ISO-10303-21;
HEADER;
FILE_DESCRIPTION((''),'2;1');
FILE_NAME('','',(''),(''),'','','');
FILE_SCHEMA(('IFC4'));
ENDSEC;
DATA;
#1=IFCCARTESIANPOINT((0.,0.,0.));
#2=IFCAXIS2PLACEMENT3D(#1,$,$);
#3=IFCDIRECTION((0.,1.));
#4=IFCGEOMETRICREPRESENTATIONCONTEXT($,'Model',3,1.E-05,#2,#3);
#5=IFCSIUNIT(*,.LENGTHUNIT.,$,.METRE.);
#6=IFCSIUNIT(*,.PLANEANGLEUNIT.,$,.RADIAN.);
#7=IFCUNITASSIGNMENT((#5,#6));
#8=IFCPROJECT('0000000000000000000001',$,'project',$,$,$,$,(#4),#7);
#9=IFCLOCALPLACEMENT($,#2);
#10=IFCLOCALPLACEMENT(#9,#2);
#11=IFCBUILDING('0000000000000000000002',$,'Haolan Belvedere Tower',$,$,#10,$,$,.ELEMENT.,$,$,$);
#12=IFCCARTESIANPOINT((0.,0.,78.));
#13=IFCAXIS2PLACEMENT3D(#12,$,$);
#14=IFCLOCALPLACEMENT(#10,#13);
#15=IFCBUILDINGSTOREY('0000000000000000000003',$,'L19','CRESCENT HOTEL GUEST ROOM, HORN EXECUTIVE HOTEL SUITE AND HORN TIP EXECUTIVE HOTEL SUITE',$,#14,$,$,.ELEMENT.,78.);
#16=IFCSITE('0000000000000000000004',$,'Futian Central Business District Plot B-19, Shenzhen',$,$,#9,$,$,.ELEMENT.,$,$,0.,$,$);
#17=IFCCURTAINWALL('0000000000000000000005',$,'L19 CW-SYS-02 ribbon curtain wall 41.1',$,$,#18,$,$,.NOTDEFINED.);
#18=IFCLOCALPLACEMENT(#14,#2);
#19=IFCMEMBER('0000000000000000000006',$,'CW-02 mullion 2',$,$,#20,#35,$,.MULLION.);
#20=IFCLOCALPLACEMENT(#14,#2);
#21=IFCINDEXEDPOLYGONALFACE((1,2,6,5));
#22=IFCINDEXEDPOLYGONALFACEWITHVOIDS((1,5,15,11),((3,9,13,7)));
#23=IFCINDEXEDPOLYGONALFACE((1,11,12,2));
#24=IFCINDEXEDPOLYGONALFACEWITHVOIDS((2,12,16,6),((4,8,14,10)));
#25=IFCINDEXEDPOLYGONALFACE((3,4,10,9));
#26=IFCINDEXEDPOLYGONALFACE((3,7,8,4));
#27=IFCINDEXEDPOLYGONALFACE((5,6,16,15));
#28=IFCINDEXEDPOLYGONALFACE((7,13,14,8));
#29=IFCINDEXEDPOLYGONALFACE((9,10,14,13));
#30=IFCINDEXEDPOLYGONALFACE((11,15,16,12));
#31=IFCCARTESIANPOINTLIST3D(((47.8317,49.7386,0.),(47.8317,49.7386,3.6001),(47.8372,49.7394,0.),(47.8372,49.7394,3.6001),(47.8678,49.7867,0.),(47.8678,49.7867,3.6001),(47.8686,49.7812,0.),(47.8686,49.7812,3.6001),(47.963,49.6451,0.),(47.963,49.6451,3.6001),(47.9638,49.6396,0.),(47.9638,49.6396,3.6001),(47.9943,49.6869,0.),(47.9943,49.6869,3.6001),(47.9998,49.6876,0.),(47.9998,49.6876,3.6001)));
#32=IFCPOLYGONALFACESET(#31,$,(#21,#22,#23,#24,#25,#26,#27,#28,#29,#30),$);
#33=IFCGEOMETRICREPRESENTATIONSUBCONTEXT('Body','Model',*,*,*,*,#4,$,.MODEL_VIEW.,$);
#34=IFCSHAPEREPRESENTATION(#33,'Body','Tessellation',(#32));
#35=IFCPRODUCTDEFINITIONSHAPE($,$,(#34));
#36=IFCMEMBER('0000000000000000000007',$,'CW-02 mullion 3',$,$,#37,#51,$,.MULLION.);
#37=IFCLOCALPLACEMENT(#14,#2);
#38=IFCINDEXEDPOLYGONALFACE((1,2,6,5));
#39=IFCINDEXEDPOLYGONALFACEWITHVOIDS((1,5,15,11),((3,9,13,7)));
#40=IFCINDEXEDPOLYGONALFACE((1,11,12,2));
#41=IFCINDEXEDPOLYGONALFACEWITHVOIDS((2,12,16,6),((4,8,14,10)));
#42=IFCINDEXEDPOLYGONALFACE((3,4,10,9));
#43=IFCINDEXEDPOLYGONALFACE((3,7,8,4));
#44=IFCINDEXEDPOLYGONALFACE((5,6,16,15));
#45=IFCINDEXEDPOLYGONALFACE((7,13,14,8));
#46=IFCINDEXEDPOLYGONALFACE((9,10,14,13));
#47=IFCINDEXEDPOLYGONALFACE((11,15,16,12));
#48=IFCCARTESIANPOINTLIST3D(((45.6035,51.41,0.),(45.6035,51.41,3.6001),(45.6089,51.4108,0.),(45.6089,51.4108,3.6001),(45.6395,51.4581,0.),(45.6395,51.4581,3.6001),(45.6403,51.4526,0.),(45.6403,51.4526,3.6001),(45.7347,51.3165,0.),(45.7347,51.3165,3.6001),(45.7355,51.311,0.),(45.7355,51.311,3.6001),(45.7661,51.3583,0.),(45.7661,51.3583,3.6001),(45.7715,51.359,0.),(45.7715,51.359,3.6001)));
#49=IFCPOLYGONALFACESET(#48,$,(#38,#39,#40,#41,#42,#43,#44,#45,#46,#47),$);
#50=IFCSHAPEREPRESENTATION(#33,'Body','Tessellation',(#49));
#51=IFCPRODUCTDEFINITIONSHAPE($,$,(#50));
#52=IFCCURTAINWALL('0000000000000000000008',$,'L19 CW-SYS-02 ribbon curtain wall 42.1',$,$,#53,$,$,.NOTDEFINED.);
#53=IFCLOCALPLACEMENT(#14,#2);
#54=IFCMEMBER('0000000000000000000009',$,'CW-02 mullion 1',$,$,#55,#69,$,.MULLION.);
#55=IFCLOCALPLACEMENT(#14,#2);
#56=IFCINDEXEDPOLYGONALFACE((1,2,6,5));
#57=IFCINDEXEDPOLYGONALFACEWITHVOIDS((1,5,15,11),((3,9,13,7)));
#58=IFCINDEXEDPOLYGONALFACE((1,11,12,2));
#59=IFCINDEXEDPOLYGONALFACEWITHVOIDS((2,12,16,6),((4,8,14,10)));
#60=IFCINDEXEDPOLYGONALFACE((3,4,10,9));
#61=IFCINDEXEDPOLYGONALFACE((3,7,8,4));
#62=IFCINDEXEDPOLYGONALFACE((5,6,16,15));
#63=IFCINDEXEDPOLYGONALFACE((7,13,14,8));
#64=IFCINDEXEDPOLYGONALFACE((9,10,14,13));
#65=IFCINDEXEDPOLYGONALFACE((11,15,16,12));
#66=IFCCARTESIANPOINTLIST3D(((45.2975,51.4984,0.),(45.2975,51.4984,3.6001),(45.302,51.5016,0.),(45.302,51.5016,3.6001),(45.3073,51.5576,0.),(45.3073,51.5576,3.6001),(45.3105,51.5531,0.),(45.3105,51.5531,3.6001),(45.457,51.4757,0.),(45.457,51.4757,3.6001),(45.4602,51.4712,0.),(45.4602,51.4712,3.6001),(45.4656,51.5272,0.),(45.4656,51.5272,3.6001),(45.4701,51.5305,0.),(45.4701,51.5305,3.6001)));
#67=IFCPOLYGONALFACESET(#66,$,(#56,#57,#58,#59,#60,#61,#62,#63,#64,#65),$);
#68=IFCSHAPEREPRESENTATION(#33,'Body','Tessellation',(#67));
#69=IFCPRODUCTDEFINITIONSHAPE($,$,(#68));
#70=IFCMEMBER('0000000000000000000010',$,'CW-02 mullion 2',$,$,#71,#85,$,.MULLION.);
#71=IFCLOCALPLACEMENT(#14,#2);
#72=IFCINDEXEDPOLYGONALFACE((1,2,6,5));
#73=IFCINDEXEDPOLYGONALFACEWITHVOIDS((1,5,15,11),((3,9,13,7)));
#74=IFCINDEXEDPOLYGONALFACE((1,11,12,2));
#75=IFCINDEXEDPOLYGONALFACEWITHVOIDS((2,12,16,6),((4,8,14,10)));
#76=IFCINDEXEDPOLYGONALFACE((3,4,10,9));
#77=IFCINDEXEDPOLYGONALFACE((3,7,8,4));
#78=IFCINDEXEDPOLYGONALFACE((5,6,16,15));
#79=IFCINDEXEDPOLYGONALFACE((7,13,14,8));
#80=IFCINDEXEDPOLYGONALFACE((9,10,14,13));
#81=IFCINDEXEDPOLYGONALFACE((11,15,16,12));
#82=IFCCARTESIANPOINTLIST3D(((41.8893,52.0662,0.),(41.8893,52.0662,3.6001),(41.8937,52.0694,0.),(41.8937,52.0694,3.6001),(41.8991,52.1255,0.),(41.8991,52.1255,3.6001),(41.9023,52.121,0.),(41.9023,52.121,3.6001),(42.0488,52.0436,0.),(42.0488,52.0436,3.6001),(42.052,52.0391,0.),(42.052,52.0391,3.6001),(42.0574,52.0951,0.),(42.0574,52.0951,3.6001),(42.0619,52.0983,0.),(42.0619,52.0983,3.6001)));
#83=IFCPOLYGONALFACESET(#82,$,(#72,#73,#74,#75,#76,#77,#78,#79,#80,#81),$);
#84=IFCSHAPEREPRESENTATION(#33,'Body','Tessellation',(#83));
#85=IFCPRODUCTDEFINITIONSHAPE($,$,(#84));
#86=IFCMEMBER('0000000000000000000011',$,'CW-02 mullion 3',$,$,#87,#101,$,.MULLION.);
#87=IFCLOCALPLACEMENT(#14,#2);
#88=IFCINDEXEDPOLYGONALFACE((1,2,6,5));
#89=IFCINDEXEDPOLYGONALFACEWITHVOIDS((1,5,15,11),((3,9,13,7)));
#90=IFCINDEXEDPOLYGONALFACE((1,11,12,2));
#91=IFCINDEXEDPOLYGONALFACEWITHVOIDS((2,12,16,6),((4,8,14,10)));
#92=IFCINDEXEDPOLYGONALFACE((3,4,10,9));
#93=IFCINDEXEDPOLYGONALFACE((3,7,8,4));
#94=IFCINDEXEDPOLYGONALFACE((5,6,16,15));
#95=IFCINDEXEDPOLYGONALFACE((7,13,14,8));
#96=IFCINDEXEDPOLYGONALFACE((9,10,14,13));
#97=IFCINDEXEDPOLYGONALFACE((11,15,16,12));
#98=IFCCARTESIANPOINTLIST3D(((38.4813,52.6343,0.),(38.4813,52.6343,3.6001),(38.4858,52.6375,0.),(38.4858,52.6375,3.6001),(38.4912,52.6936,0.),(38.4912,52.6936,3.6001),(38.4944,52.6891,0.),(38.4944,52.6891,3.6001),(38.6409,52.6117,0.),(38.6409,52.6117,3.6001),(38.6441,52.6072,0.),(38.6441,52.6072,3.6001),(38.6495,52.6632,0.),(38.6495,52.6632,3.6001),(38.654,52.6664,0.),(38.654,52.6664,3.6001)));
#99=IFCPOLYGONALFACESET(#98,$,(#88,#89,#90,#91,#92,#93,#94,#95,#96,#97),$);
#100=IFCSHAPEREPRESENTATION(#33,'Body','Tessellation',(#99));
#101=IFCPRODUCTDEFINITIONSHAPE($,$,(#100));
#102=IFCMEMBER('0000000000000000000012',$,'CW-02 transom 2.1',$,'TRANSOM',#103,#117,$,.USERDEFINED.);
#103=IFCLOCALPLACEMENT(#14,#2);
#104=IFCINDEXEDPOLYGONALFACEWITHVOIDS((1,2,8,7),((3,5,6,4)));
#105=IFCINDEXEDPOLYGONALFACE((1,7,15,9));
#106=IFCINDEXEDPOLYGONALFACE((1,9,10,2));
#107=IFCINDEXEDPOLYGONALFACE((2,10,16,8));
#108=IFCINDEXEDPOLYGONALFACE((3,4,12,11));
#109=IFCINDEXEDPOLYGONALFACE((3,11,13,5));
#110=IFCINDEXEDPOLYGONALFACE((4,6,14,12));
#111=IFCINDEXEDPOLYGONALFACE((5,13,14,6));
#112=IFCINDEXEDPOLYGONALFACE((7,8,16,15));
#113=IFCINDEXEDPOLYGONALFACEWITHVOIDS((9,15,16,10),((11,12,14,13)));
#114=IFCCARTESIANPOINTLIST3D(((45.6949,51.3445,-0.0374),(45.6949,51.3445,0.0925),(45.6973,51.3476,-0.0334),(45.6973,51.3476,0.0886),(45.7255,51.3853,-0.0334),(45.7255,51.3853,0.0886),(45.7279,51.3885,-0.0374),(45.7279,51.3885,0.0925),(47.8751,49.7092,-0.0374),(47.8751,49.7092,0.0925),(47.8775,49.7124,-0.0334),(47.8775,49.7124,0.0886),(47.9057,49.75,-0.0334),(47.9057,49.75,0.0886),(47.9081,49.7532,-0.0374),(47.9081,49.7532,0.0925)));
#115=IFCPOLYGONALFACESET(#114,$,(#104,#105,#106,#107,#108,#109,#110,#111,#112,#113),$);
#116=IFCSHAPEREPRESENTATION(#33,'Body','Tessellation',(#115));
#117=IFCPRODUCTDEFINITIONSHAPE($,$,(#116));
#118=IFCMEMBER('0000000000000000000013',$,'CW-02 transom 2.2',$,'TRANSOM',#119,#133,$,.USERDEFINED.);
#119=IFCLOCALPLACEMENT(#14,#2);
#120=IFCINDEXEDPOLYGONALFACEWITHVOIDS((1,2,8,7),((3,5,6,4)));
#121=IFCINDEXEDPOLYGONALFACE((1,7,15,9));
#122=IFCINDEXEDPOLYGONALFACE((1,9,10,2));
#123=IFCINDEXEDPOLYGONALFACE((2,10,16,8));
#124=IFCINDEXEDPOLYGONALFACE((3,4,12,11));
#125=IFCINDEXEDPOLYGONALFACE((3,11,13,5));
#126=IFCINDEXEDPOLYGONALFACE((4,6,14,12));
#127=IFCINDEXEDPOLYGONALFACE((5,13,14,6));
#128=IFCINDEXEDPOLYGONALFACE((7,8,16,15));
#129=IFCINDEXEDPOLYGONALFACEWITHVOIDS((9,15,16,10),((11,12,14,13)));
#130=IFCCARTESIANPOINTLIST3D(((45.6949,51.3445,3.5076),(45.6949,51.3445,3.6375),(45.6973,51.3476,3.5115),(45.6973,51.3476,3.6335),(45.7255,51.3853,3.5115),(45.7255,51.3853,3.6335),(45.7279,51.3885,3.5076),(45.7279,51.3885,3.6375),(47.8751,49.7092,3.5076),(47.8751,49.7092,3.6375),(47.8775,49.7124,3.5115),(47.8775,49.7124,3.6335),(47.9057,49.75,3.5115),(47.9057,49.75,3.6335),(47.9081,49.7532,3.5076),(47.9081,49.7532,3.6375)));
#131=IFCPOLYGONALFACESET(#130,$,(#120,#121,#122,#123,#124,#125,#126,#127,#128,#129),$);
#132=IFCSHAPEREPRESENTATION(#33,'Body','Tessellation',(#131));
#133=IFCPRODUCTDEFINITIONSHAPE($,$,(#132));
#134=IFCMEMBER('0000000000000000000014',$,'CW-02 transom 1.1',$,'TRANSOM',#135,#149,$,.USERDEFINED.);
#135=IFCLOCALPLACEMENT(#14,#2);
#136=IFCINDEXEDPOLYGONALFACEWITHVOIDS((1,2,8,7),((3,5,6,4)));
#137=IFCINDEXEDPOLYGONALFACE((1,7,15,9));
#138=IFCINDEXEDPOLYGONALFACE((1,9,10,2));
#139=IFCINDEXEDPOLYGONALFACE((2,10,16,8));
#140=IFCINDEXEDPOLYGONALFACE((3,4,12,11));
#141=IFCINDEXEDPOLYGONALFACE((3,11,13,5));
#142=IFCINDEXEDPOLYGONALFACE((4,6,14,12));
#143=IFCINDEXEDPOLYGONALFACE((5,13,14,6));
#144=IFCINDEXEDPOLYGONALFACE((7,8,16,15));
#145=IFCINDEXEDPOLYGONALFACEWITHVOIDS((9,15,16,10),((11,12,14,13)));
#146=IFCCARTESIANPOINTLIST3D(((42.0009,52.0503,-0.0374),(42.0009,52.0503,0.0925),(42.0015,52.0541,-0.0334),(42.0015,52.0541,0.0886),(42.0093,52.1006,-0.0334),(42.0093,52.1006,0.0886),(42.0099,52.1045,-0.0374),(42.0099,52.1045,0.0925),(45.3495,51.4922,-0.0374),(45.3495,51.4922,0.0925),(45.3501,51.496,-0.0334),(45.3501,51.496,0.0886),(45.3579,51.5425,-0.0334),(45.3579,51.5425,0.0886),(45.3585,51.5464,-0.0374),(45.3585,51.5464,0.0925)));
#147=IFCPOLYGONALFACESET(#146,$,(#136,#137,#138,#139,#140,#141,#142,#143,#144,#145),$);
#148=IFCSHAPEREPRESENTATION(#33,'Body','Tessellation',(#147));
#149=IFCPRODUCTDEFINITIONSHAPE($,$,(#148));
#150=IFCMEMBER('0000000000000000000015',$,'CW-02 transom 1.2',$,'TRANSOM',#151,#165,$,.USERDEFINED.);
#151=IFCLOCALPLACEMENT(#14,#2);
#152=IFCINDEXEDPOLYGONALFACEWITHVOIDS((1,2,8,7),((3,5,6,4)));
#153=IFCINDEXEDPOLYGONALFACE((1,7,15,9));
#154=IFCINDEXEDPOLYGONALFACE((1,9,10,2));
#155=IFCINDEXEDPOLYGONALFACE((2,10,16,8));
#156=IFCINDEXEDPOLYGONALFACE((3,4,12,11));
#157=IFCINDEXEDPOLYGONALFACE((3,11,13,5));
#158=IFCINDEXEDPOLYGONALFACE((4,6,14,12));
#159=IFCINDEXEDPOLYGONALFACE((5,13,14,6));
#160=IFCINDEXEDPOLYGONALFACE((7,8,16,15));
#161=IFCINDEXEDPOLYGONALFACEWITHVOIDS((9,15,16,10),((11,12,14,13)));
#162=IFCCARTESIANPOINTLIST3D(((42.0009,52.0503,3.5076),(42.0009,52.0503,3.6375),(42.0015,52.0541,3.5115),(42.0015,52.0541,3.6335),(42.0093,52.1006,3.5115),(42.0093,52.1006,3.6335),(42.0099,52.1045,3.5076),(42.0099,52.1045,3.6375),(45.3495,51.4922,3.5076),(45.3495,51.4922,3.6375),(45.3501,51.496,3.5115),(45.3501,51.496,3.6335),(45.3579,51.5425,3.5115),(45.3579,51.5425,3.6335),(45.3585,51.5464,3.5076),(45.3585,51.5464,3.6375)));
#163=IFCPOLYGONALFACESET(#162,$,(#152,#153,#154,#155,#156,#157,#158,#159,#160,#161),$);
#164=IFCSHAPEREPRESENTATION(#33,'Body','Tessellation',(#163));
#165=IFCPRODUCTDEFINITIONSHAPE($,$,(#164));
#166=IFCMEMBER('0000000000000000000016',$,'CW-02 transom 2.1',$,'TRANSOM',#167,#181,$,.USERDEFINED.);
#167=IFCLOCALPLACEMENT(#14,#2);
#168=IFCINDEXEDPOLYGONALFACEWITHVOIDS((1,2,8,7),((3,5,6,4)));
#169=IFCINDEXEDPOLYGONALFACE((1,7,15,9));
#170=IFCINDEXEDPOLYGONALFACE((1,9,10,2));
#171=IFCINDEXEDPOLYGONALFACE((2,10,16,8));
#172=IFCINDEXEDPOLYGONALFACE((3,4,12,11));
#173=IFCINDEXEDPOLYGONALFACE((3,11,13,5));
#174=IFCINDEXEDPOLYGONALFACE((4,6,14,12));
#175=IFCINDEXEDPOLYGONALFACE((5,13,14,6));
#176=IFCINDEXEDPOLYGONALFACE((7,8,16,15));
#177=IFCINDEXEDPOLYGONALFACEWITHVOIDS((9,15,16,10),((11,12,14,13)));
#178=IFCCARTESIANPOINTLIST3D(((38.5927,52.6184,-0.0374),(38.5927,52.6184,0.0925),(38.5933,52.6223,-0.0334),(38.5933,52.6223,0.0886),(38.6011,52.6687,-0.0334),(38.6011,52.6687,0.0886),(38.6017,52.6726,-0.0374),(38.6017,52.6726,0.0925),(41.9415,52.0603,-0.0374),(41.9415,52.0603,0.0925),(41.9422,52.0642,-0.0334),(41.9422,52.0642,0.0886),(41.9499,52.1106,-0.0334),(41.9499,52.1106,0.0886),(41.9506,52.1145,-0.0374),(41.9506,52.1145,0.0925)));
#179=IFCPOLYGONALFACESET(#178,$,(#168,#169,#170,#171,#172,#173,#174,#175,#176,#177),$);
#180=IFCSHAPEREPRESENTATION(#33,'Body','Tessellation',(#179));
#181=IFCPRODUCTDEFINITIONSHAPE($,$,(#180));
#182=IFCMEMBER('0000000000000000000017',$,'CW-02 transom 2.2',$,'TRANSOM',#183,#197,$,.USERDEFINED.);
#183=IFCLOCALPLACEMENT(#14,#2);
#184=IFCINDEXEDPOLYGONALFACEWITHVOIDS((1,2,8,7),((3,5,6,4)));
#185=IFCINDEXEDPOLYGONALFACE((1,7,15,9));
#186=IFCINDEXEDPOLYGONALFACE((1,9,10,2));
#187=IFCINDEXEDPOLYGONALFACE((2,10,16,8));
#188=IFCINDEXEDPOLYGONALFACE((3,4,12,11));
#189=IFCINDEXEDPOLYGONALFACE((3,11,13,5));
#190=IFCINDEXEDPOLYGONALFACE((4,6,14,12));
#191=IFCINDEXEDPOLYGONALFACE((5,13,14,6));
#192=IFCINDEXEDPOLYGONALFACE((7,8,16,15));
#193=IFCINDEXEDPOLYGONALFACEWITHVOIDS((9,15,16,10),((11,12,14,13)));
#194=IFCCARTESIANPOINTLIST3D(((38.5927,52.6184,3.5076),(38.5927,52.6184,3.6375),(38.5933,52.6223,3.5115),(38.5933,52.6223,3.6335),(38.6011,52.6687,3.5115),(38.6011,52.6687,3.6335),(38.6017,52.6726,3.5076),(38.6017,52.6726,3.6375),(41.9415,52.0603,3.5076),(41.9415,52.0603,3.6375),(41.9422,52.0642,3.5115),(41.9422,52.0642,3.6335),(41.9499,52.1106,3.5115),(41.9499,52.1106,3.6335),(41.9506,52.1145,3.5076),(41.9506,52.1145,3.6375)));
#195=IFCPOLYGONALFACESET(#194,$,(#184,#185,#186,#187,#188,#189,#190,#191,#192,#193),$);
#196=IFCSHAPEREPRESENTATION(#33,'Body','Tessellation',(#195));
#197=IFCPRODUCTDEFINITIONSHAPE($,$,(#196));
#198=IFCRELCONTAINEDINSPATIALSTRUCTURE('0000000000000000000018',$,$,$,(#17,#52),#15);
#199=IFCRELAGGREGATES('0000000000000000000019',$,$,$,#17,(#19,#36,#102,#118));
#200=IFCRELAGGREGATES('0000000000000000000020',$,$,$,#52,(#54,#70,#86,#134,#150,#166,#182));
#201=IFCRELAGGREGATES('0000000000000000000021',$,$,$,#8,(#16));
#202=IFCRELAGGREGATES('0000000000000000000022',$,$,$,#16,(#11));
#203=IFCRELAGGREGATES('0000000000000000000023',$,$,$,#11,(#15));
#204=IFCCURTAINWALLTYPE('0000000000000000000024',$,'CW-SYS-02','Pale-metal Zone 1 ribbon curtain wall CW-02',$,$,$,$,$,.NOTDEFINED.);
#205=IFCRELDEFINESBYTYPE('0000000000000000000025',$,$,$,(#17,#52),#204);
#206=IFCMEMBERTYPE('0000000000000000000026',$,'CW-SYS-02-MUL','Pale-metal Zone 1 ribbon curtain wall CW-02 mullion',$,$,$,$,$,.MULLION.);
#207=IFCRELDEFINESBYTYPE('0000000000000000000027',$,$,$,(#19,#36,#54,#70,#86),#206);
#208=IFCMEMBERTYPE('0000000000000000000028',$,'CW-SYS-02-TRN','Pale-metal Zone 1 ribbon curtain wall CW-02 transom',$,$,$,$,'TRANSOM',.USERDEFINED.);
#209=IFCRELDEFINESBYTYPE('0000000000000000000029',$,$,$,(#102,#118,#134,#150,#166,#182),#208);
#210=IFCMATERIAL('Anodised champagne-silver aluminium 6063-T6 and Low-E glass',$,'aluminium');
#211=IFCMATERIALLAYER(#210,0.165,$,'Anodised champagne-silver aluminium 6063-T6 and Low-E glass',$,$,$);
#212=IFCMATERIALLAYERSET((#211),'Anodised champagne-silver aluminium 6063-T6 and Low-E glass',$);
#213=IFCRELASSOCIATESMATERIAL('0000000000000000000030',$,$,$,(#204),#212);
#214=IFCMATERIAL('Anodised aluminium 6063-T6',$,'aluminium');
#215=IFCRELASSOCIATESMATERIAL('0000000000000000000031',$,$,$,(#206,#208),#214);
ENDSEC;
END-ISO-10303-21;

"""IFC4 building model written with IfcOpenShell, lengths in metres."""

from ifc_helpers import new_model, si_unit, direction, frame, origin, origin_2d, place, context, subcontext, project, spatial, hollow_rectangle, extrude, material, layer, layer_set, material_profile, profile_set, type_object, element, aggregate, save


model = new_model("IFC4")

# Units and contexts
model_context = context("Model", 3, precision=1e-05, world=origin(), true_north=direction((0.0, 1.0)))
body_context = subcontext(model_context, "Body", "Model", "MODEL_VIEW")
ifc_project = project(units=[si_unit("LENGTHUNIT", "METRE"), si_unit("PLANEANGLEUNIT", "RADIAN")], contexts=[model_context])

# Site, building, storey
site_placement = place(None, origin())
site = spatial("IfcSite", under=ifc_project, at=site_placement, Name="Futian Central Business District Plot B-19, Shenzhen", CompositionType="ELEMENT", RefElevation=0.0)
building_placement = place(site_placement, origin())
building = spatial("IfcBuilding", under=site, at=building_placement, Name="Haolan Belvedere Tower", CompositionType="ELEMENT")
storey_placement = place(building_placement, frame((0.0, 0.0, 78.0)))
storey = spatial("IfcBuildingStorey", under=building, at=storey_placement, Name="L19", Description="CRESCENT HOTEL GUEST ROOM, HORN EXECUTIVE HOTEL SUITE AND HORN TIP EXECUTIVE HOTEL SUITE", CompositionType="ELEMENT", Elevation=78.0)

# Curtain walls, members
ifc_material_1 = material(Name="Anodised champagne-silver aluminium 6063-T6 and Low-E glass", Category="aluminium")
ifc_layer_1 = layer(ifc_material_1, 0.165, Name="Anodised champagne-silver aluminium 6063-T6 and Low-E glass")
ifc_layer_set_1 = layer_set([ifc_layer_1], Name="Anodised champagne-silver aluminium 6063-T6 and Low-E glass")
curtain_wall_type = type_object("IfcCurtainWallType", Name="CW-SYS-02", Description="Pale-metal Zone 1 ribbon curtain wall CW-02", PredefinedType="NOTDEFINED", material=ifc_layer_set_1)
curtain_wall_1_placement = place(storey_placement, origin())
curtain_wall_1 = element("IfcCurtainWall", 1, at=curtain_wall_1_placement, inside=storey, type_object=curtain_wall_type, Name="L19 CW-SYS-02 ribbon curtain wall 41.1", PredefinedType="NOTDEFINED")
ifc_material_2 = material(Name="Anodised aluminium 6063-T6", Category="aluminium")
ifc_material_profile_1 = material_profile(ifc_material_2, hollow_rectangle(XDim=0.0601, YDim=0.165, WallThickness=0.0039, at=origin_2d()), Name="Anodised aluminium 6063-T6")
ifc_profile_set_1 = profile_set([ifc_material_profile_1], Name="Anodised aluminium 6063-T6")
member_type_1 = type_object("IfcMemberType", Name="CW-SYS-02-MUL", Description="Pale-metal Zone 1 ribbon curtain wall CW-02 mullion", PredefinedType="MULLION", material=ifc_profile_set_1)
member_1_placement = place(storey_placement, frame((47.9158, 49.7131, 0.0), z_axis=(0.0, 0.0, 1.0), x_axis=(-0.599994, -0.800004, 0.0)))
member_1 = element("IfcMember", 2, at=member_1_placement, type_object=member_type_1, Name="CW-02 mullion 2", PredefinedType="MULLION", context=body_context, shape_type="SweptSolid", body=[
    extrude(hollow_rectangle(XDim=0.0601, YDim=0.165, WallThickness=0.0039, at=origin_2d()), origin(), (0.0, 0.0, 1.0), 3.6001),
])
member_2_placement = place(storey_placement, frame((45.6875, 51.3845, 0.0), z_axis=(0.0, 0.0, 1.0), x_axis=(-0.599994, -0.800004, 0.0)))
member_2 = element("IfcMember", 3, at=member_2_placement, type_object=member_type_1, Name="CW-02 mullion 3", PredefinedType="MULLION", context=body_context, shape_type="SweptSolid", body=[
    extrude(hollow_rectangle(XDim=0.0601, YDim=0.165, WallThickness=0.0039, at=origin_2d()), origin(), (0.0, 0.0, 1.0), 3.6001),
])
curtain_wall_2_placement = place(storey_placement, origin())
curtain_wall_2 = element("IfcCurtainWall", 4, at=curtain_wall_2_placement, inside=storey, type_object=curtain_wall_type, Name="L19 CW-SYS-02 ribbon curtain wall 42.1", PredefinedType="NOTDEFINED")
member_3_placement = place(storey_placement, frame((45.3838, 51.5144, 0.0), z_axis=(0.0, 0.0, 1.0), x_axis=(-0.164404, -0.986393, 0.0)))
member_3 = element("IfcMember", 5, at=member_3_placement, type_object=member_type_1, Name="CW-02 mullion 1", PredefinedType="MULLION", context=body_context, shape_type="SweptSolid", body=[
    extrude(hollow_rectangle(XDim=0.0601, YDim=0.165, WallThickness=0.0039, at=origin_2d()), origin(), (0.0, 0.0, 1.0), 3.6001),
])
member_4_placement = place(storey_placement, frame((41.9756, 52.0823, 0.0), z_axis=(0.0, 0.0, 1.0), x_axis=(-0.164404, -0.986393, 0.0)))
member_4 = element("IfcMember", 6, at=member_4_placement, type_object=member_type_1, Name="CW-02 mullion 2", PredefinedType="MULLION", context=body_context, shape_type="SweptSolid", body=[
    extrude(hollow_rectangle(XDim=0.0601, YDim=0.165, WallThickness=0.0039, at=origin_2d()), origin(), (0.0, 0.0, 1.0), 3.6001),
])
member_5_placement = place(storey_placement, frame((38.5676, 52.6504, 0.0), z_axis=(0.0, 0.0, 1.0), x_axis=(-0.164404, -0.986393, 0.0)))
member_5 = element("IfcMember", 7, at=member_5_placement, type_object=member_type_1, Name="CW-02 mullion 3", PredefinedType="MULLION", context=body_context, shape_type="SweptSolid", body=[
    extrude(hollow_rectangle(XDim=0.0601, YDim=0.165, WallThickness=0.0039, at=origin_2d()), origin(), (0.0, 0.0, 1.0), 3.6001),
])

# Members
ifc_material_profile_2 = material_profile(ifc_material_2, hollow_rectangle(XDim=0.0549, YDim=0.1299, WallThickness=0.0039, at=origin_2d()), Name="Anodised aluminium 6063-T6")
ifc_profile_set_2 = profile_set([ifc_material_profile_2], Name="Anodised aluminium 6063-T6")
member_type_2 = type_object("IfcMemberType", Name="CW-SYS-02-TRN", Description="Pale-metal Zone 1 ribbon curtain wall CW-02 transom", ElementType="TRANSOM", PredefinedType="USERDEFINED", material=ifc_profile_set_2)
member_6_placement = place(storey_placement, frame((47.8916, 49.7312, 0.0276), z_axis=(-0.799978, 0.600029, 0.0), x_axis=(-0.600029, -0.799978, 0.0)))
member_6 = element("IfcMember", 8, at=member_6_placement, type_object=member_type_2, Name="CW-02 transom 2.1", ObjectType="TRANSOM", PredefinedType="USERDEFINED", context=body_context, shape_type="SweptSolid", body=[
    extrude(hollow_rectangle(XDim=0.0549, YDim=0.1299, WallThickness=0.0039, at=origin_2d()), origin(), (0.0, 0.0, 1.0), 2.7253),
])
member_7_placement = place(storey_placement, frame((47.8916, 49.7312, 3.5725), z_axis=(-0.799978, 0.600029, 0.0), x_axis=(-0.600029, -0.799978, 0.0)))
member_7 = element("IfcMember", 9, at=member_7_placement, type_object=member_type_2, Name="CW-02 transom 2.2", ObjectType="TRANSOM", PredefinedType="USERDEFINED", context=body_context, shape_type="SweptSolid", body=[
    extrude(hollow_rectangle(XDim=0.0549, YDim=0.1299, WallThickness=0.0039, at=origin_2d()), origin(), (0.0, 0.0, 1.0), 2.7253),
])
member_8_placement = place(storey_placement, frame((45.354, 51.5193, 0.0276), z_axis=(-0.986394, 0.164399, 0.0), x_axis=(-0.164399, -0.986394, 0.0)))
member_8 = element("IfcMember", 10, at=member_8_placement, type_object=member_type_2, Name="CW-02 transom 1.1", ObjectType="TRANSOM", PredefinedType="USERDEFINED", context=body_context, shape_type="SweptSolid", body=[
    extrude(hollow_rectangle(XDim=0.0549, YDim=0.1299, WallThickness=0.0039, at=origin_2d()), origin(), (0.0, 0.0, 1.0), 3.3948),
])
member_9_placement = place(storey_placement, frame((45.354, 51.5193, 3.5725), z_axis=(-0.986394, 0.164399, 0.0), x_axis=(-0.164399, -0.986394, 0.0)))
member_9 = element("IfcMember", 11, at=member_9_placement, type_object=member_type_2, Name="CW-02 transom 1.2", ObjectType="TRANSOM", PredefinedType="USERDEFINED", context=body_context, shape_type="SweptSolid", body=[
    extrude(hollow_rectangle(XDim=0.0549, YDim=0.1299, WallThickness=0.0039, at=origin_2d()), origin(), (0.0, 0.0, 1.0), 3.3948),
])
member_10_placement = place(storey_placement, frame((41.946, 52.0874, 0.0276), z_axis=(-0.986396, 0.164387, 0.0), x_axis=(-0.164387, -0.986396, 0.0)))
member_10 = element("IfcMember", 12, at=member_10_placement, type_object=member_type_2, Name="CW-02 transom 2.1", ObjectType="TRANSOM", PredefinedType="USERDEFINED", context=body_context, shape_type="SweptSolid", body=[
    extrude(hollow_rectangle(XDim=0.0549, YDim=0.1299, WallThickness=0.0039, at=origin_2d()), origin(), (0.0, 0.0, 1.0), 3.395),
])
member_11_placement = place(storey_placement, frame((41.946, 52.0874, 3.5725), z_axis=(-0.986396, 0.164387, 0.0), x_axis=(-0.164387, -0.986396, 0.0)))
member_11 = element("IfcMember", 13, at=member_11_placement, type_object=member_type_2, Name="CW-02 transom 2.2", ObjectType="TRANSOM", PredefinedType="USERDEFINED", context=body_context, shape_type="SweptSolid", body=[
    extrude(hollow_rectangle(XDim=0.0549, YDim=0.1299, WallThickness=0.0039, at=origin_2d()), origin(), (0.0, 0.0, 1.0), 3.395),
])

aggregate(curtain_wall_1, [member_1, member_2, member_6, member_7])
aggregate(curtain_wall_2, [member_3, member_4, member_5, member_8, member_9, member_10, member_11])

save(model, "model.ifc")
